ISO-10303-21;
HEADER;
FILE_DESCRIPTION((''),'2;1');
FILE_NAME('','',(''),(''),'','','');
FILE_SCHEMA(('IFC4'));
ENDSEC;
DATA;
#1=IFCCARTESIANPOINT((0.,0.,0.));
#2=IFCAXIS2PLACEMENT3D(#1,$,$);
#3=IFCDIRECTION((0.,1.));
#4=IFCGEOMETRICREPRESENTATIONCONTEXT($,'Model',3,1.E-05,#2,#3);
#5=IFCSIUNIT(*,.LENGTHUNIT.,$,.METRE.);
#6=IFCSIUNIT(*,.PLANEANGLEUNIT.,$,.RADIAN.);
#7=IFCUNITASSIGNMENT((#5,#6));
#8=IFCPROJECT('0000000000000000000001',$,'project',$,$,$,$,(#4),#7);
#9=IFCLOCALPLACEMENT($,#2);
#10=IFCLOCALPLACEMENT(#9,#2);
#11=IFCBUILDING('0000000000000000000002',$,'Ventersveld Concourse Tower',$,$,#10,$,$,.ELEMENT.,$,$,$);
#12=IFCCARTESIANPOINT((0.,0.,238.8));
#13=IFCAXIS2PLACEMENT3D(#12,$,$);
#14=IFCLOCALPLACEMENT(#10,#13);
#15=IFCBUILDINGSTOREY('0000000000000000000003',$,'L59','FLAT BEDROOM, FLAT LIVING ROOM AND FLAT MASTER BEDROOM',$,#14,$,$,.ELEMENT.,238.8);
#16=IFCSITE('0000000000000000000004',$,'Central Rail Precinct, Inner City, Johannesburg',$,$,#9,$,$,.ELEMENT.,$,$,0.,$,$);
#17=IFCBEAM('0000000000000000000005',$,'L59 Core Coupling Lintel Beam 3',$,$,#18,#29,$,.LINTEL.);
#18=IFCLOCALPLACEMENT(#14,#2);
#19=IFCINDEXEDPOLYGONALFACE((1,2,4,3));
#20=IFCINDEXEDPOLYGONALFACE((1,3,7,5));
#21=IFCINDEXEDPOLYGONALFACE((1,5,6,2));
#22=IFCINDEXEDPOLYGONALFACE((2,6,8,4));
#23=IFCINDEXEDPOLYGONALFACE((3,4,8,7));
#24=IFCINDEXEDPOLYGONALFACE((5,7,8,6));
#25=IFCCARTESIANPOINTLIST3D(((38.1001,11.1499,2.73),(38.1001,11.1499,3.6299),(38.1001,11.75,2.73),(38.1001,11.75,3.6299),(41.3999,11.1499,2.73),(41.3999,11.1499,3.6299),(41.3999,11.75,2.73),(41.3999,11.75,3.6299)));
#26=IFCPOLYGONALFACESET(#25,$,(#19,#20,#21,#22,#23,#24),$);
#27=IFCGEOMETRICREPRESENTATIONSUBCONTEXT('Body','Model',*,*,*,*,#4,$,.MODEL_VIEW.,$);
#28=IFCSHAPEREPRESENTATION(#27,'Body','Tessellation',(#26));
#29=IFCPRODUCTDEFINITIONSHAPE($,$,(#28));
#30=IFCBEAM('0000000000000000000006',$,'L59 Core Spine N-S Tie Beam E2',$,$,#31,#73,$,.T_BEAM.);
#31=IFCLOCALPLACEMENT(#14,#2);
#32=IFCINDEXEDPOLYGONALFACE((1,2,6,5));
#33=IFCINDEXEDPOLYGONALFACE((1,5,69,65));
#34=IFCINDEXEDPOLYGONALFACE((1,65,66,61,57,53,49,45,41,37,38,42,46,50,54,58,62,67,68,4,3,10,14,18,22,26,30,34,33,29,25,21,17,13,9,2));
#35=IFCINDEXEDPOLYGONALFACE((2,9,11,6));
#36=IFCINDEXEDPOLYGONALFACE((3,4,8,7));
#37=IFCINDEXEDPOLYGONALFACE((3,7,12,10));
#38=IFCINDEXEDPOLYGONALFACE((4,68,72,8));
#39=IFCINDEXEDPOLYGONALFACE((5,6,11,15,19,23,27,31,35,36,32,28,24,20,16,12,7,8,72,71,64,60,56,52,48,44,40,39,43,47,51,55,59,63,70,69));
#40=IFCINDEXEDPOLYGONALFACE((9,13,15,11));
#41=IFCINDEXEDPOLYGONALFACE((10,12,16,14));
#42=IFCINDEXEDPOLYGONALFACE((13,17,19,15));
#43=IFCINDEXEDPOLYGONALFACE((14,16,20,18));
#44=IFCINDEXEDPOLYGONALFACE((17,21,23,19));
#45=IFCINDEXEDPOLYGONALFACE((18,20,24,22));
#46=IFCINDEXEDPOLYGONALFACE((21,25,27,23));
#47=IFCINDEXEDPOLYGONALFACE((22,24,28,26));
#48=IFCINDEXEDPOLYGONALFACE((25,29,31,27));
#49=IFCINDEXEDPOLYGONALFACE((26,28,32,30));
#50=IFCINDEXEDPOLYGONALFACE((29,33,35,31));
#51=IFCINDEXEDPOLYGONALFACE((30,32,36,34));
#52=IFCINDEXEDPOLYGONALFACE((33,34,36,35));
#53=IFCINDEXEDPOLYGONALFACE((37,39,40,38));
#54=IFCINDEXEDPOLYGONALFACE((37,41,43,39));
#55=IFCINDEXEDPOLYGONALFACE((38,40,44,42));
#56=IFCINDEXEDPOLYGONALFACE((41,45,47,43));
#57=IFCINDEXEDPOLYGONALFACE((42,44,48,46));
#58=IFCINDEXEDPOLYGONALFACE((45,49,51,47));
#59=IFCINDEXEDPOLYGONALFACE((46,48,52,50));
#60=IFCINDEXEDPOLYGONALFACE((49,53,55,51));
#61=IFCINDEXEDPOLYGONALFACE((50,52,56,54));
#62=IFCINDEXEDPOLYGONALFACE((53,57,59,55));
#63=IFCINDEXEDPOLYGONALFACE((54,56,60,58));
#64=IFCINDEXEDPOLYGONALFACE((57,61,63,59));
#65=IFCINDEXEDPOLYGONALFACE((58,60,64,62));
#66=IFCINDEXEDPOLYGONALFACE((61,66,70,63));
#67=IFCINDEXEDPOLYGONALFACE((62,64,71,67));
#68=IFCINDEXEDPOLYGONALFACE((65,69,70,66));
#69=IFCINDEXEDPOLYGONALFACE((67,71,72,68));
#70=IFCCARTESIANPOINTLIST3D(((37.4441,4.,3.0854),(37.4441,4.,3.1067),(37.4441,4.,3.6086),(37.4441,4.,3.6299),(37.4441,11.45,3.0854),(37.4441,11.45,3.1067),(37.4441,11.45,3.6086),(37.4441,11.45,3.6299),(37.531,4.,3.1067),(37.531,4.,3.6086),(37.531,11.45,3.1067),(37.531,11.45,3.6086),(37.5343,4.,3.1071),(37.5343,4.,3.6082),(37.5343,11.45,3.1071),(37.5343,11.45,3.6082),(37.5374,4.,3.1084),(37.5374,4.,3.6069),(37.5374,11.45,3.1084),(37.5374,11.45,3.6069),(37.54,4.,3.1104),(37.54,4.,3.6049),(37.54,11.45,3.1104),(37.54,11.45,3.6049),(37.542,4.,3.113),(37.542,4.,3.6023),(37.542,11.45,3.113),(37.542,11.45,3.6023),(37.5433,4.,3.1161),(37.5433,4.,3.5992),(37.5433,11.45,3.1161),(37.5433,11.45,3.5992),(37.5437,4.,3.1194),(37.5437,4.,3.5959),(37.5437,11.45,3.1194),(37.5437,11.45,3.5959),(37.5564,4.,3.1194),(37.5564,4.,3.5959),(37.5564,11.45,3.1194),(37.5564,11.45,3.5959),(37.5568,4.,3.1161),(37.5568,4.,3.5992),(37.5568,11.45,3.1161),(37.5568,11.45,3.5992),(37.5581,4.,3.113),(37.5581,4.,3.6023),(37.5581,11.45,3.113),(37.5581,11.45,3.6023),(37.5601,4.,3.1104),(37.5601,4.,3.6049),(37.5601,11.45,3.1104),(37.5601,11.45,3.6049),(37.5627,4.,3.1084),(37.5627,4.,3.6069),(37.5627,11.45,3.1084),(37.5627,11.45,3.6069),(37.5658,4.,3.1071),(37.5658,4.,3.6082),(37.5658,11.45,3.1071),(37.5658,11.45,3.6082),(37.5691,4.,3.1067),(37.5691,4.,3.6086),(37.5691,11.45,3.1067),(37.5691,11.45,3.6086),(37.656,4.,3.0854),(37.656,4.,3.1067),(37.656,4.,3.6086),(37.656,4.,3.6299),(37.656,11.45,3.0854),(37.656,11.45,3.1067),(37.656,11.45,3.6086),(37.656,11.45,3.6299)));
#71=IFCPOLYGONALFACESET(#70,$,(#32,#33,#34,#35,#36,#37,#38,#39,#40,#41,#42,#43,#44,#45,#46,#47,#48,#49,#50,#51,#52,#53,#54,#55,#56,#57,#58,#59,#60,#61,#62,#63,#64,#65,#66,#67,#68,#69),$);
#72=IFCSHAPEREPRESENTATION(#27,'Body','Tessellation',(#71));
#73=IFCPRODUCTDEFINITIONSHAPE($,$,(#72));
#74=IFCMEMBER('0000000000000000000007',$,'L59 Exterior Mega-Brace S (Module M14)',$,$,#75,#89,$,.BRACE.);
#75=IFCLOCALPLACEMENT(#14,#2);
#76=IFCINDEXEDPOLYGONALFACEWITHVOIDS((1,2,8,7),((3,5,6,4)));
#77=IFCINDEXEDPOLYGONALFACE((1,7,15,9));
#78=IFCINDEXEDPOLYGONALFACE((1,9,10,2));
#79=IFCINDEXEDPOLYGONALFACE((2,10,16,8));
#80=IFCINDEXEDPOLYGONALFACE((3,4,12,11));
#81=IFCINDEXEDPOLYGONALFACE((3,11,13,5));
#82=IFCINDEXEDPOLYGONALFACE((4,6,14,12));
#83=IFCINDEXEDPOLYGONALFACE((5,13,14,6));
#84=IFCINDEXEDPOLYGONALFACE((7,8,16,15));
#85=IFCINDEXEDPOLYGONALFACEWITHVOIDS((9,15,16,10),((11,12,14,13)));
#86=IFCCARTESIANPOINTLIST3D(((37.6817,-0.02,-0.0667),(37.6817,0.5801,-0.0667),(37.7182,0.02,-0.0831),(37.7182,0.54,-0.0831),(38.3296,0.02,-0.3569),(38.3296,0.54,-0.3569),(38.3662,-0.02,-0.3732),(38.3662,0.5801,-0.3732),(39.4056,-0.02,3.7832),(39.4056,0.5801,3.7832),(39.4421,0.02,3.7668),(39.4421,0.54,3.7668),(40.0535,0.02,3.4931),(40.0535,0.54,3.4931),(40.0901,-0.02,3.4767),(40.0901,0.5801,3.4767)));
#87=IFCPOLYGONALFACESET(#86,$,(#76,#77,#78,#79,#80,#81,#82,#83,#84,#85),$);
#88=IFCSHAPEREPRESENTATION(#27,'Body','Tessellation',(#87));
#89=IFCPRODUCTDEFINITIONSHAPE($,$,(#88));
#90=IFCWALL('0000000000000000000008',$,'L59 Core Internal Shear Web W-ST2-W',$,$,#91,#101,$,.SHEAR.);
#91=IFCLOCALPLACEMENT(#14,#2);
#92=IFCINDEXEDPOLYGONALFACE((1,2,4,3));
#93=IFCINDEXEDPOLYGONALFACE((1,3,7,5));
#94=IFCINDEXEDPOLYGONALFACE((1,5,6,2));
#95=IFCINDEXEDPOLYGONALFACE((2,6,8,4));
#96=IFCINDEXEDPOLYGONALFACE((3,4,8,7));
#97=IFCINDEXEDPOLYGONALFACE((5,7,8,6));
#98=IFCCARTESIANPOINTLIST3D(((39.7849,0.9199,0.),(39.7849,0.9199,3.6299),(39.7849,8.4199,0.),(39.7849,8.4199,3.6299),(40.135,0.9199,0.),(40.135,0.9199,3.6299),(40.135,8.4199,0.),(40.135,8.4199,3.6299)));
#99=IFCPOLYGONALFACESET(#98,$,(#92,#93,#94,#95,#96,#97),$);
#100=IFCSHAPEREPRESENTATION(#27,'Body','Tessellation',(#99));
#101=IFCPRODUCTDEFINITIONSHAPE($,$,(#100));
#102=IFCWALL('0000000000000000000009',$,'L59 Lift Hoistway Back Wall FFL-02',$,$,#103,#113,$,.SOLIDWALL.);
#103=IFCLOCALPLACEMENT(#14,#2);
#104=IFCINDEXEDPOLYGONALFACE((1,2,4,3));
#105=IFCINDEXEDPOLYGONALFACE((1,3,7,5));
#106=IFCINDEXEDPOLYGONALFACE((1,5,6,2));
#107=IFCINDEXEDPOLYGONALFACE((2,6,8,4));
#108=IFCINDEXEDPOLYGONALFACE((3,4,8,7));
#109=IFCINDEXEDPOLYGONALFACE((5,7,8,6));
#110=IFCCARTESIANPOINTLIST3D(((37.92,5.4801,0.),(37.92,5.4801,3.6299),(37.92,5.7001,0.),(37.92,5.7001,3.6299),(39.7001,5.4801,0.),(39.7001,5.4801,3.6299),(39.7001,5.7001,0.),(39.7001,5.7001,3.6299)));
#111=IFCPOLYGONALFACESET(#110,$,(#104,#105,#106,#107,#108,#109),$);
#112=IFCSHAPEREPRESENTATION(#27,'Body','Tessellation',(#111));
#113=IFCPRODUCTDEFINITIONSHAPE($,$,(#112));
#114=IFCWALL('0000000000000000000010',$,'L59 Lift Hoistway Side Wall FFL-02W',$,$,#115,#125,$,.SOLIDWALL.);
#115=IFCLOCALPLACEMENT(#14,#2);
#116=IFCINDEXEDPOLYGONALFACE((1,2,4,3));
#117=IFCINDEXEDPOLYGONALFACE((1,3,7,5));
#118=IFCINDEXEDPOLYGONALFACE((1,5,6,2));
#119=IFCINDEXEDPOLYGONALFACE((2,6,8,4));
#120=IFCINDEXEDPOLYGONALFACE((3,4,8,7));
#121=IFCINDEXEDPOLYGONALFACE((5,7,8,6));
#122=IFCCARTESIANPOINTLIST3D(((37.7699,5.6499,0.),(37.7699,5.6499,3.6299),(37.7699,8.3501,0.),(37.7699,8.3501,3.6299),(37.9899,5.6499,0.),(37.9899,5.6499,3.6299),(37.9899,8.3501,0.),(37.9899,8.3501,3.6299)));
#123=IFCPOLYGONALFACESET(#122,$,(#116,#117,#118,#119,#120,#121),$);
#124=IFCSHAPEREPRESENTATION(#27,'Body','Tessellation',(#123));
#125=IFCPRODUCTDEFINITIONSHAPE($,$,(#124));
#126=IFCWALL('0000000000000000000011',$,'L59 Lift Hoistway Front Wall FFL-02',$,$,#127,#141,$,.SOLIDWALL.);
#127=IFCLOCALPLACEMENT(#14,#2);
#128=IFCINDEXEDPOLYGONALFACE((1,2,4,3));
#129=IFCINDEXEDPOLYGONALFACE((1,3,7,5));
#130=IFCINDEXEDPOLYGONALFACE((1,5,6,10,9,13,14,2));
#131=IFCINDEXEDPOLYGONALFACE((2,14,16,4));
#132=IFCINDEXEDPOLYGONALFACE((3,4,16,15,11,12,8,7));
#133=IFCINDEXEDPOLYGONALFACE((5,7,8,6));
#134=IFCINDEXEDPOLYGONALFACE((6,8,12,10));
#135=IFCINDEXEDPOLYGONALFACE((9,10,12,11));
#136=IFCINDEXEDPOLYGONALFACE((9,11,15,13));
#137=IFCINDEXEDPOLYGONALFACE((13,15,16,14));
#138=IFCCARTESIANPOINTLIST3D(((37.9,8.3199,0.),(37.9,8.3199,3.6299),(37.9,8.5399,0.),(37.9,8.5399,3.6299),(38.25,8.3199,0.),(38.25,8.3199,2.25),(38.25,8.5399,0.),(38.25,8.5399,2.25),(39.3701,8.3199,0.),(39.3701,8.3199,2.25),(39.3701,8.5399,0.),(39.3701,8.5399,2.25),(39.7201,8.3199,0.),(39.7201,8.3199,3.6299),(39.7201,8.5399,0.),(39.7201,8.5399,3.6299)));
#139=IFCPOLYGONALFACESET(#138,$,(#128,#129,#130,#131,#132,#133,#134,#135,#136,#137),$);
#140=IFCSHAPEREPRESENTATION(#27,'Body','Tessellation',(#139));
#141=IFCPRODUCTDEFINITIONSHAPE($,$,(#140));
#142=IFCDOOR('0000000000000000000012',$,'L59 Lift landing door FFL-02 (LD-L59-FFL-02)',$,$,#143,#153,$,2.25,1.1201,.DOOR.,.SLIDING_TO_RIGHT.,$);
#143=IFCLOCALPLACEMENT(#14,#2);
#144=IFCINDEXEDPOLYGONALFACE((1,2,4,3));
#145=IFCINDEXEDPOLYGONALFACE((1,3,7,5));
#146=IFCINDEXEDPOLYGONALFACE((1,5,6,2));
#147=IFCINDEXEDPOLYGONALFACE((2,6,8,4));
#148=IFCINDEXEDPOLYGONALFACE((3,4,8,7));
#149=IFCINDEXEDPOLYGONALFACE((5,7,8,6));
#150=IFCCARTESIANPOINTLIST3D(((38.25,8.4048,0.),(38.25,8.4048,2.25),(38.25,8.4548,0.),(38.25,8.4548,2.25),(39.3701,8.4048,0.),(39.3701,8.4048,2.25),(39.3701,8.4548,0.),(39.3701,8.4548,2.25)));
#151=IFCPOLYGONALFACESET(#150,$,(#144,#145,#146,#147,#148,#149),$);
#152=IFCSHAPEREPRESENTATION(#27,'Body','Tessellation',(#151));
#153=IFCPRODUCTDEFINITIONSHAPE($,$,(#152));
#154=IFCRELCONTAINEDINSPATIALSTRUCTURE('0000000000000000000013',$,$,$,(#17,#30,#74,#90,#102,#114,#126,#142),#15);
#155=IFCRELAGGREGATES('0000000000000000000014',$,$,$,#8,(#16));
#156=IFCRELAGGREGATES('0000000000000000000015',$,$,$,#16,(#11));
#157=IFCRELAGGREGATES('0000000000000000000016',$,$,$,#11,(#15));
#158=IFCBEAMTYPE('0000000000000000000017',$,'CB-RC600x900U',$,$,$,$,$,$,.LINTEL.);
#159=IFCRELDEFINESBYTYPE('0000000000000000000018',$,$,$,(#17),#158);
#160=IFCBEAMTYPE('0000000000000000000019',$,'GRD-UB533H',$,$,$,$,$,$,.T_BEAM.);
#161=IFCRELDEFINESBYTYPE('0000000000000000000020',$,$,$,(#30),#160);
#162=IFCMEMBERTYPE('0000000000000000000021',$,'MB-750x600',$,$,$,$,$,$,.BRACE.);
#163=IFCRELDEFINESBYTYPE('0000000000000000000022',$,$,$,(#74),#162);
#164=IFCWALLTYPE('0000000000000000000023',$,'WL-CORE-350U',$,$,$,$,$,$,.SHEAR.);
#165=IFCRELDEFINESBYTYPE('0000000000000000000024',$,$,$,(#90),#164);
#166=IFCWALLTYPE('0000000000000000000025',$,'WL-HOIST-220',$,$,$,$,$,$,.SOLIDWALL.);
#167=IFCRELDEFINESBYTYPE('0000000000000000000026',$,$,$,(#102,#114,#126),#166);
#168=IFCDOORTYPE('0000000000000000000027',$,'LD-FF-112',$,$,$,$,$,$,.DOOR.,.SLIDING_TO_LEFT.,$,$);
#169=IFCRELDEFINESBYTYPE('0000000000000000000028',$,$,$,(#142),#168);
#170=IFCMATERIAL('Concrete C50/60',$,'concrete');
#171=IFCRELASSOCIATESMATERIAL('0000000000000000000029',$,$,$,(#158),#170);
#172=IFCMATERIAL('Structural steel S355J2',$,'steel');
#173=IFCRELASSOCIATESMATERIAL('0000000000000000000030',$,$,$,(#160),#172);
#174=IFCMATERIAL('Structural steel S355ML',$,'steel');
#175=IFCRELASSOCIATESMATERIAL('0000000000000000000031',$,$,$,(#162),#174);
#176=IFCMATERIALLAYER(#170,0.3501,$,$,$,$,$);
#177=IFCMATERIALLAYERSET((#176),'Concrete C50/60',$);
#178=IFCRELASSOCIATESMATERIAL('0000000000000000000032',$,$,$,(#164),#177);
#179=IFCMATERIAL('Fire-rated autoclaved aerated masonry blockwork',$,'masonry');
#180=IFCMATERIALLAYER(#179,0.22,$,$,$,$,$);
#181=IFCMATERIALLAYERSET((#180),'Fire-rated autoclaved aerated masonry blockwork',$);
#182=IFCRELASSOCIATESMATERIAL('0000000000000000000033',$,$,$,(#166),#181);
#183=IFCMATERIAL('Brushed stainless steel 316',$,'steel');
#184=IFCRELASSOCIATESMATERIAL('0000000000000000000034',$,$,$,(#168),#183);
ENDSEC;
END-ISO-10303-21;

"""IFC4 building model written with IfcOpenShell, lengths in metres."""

from ifc_helpers import new_model, si_unit, direction, frame, frame_2d, origin, origin_2d, place, context, subcontext, project, spatial, rectangle, hollow_rectangle, i_section, extrude, material, layer, layer_set, material_profile, profile_set, type_object, element, fill, save


model = new_model("IFC4")

# Units and contexts
model_context = context("Model", 3, precision=1e-05, world=origin(), true_north=direction((0.0, 1.0)))
body_context = subcontext(model_context, "Body", "Model", "MODEL_VIEW")
ifc_project = project(units=[si_unit("LENGTHUNIT", "METRE"), si_unit("PLANEANGLEUNIT", "RADIAN")], contexts=[model_context])

# Site, building, storey
site_placement = place(None, origin())
site = spatial("IfcSite", under=ifc_project, at=site_placement, Name="Central Rail Precinct, Inner City, Johannesburg", CompositionType="ELEMENT", RefElevation=0.0)
building_placement = place(site_placement, origin())
building = spatial("IfcBuilding", under=site, at=building_placement, Name="Ventersveld Concourse Tower", CompositionType="ELEMENT")
storey_placement = place(building_placement, frame((0.0, 0.0, 238.8)))
storey = spatial("IfcBuildingStorey", under=building, at=storey_placement, Name="L59", Description="FLAT BEDROOM, FLAT LIVING ROOM AND FLAT MASTER BEDROOM", CompositionType="ELEMENT", Elevation=238.8)

# Beams
ifc_material_1 = material(Name="Concrete C50/60", Category="concrete")
ifc_material_profile_1 = material_profile(ifc_material_1, rectangle(XDim=0.6001, YDim=0.8999, at=origin_2d()), Name="RC 600x900")
ifc_profile_set_1 = profile_set([ifc_material_profile_1], Name="Concrete C50/60")
beam_type_1 = type_object("IfcBeamType", Name="CB-RC600x900U", PredefinedType="LINTEL", material=ifc_profile_set_1)
beam_1_placement = place(storey_placement, frame((38.1001, 11.45, 3.1799), z_axis=(1.0, 0.0, 0.0), x_axis=(0.0, 1.0, 0.0)))
element("IfcBeam", 1, at=beam_1_placement, inside=storey, type_object=beam_type_1, Name="L59 Core Coupling Lintel Beam 3", PredefinedType="LINTEL", context=body_context, shape_type="SweptSolid", body=[
    extrude(rectangle(XDim=0.6001, YDim=0.8999, at=origin_2d()), origin(), (0.0, 0.0, 1.0), 3.2998),
])
ifc_material_2 = material(Name="Structural steel S355J2", Category="steel")
ifc_material_profile_2 = material_profile(ifc_material_2, i_section(OverallWidth=0.2119, OverallDepth=0.5444, WebThickness=0.0127, FlangeThickness=0.0212, FilletRadius=0.0127, at=origin_2d()), Name="UB 533x210x122")
ifc_profile_set_2 = profile_set([ifc_material_profile_2], Name="Structural steel S355J2")
beam_type_2 = type_object("IfcBeamType", Name="GRD-UB533H", PredefinedType="T_BEAM", material=ifc_profile_set_2)
beam_2_placement = place(storey_placement, frame((37.55, 4.0, 3.3577), z_axis=(0.0, 1.0, 0.0), x_axis=(-1.0, 0.0, 0.0)))
element("IfcBeam", 2, at=beam_2_placement, inside=storey, type_object=beam_type_2, Name="L59 Core Spine N-S Tie Beam E2", PredefinedType="T_BEAM", context=body_context, shape_type="SweptSolid", body=[
    extrude(i_section(OverallWidth=0.2119, OverallDepth=0.5444, WebThickness=0.0127, FlangeThickness=0.0212, FilletRadius=0.0127, at=origin_2d()), origin(), (0.0, 0.0, 1.0), 7.45),
])

# Member
ifc_material_3 = material(Name="Structural steel S355ML", Category="steel")
ifc_material_profile_3 = material_profile(ifc_material_3, hollow_rectangle(XDim=0.6001, YDim=0.75, WallThickness=0.04, at=origin_2d()), Name="BOX 750x600x40")
ifc_profile_set_3 = profile_set([ifc_material_profile_3], Name="Structural steel S355ML")
member_type = type_object("IfcMemberType", Name="MB-750x600", PredefinedType="BRACE", material=ifc_profile_set_3)
member_placement = place(storey_placement, frame((38.0239, 0.28, -0.22), z_axis=(0.408677, 0.0, 0.912679), x_axis=(0.0, 1.0, 0.0)))
element("IfcMember", 3, at=member_placement, inside=storey, type_object=member_type, Name="L59 Exterior Mega-Brace S (Module M14)", PredefinedType="BRACE", context=body_context, shape_type="SweptSolid", body=[
    extrude(hollow_rectangle(XDim=0.6001, YDim=0.75, WallThickness=0.04, at=origin_2d()), origin(), (0.0, 0.0, 1.0), 4.2183),
])

# Walls
ifc_layer_1 = layer(ifc_material_1, 0.3501)
ifc_layer_set_1 = layer_set([ifc_layer_1], Name="Concrete C50/60")
wall_type_1 = type_object("IfcWallType", Name="WL-CORE-350U", PredefinedType="SHEAR", material=ifc_layer_set_1)
wall_1_placement = place(storey_placement, frame((39.96, 0.9199, 0.0), z_axis=(0.0, 0.0, 1.0), x_axis=(0.0, 1.0, 0.0)))
element("IfcWall", 4, at=wall_1_placement, inside=storey, type_object=wall_type_1, Name="L59 Core Internal Shear Web W-ST2-W", PredefinedType="SHEAR", context=body_context, shape_type="SweptSolid", body=[
    extrude(rectangle(XDim=7.5, YDim=0.3501, at=frame_2d((3.75, 0.0))), origin(), (0.0, 0.0, 1.0), 3.6299),
])
ifc_material_4 = material(Name="Fire-rated autoclaved aerated masonry blockwork", Category="masonry")
ifc_layer_2 = layer(ifc_material_4, 0.22)
ifc_layer_set_2 = layer_set([ifc_layer_2], Name="Fire-rated autoclaved aerated masonry blockwork")
wall_type_2 = type_object("IfcWallType", Name="WL-HOIST-220", PredefinedType="SOLIDWALL", material=ifc_layer_set_2)
wall_2_placement = place(storey_placement, frame((37.9199, 5.5901, 0.0), z_axis=(0.0, 0.0, 1.0), x_axis=(1.0, 0.0, 0.0)))
element("IfcWall", 5, at=wall_2_placement, inside=storey, type_object=wall_type_2, Name="L59 Lift Hoistway Back Wall FFL-02", PredefinedType="SOLIDWALL", context=body_context, shape_type="SweptSolid", body=[
    extrude(rectangle(XDim=1.78, YDim=0.22, at=frame_2d((0.8901, 0.0))), origin(), (0.0, 0.0, 1.0), 3.6299),
])
wall_3_placement = place(storey_placement, frame((37.8799, 5.6499, 0.0), z_axis=(0.0, 0.0, 1.0), x_axis=(0.0, 1.0, 0.0)))
element("IfcWall", 6, at=wall_3_placement, inside=storey, type_object=wall_type_2, Name="L59 Lift Hoistway Side Wall FFL-02W", PredefinedType="SOLIDWALL", context=body_context, shape_type="SweptSolid", body=[
    extrude(rectangle(XDim=2.7002, YDim=0.22, at=frame_2d((1.3501, 0.0))), origin(), (0.0, 0.0, 1.0), 3.6299),
])

# Wall, opening, door
wall_4_placement = place(storey_placement, frame((37.8999, 8.4299, 0.0), z_axis=(0.0, 0.0, 1.0), x_axis=(1.0, 0.0, 0.0)))
wall_4 = element("IfcWall", 7, at=wall_4_placement, inside=storey, type_object=wall_type_2, Name="L59 Lift Hoistway Front Wall FFL-02", PredefinedType="SOLIDWALL", context=body_context, shape_type="SweptSolid", body=[
    extrude(rectangle(XDim=1.8201, YDim=0.22, at=frame_2d((0.9102, 0.0))), origin(), (0.0, 0.0, 1.0), 3.6299),
])
opening_1_placement = place(wall_4_placement, frame((0.3501, 0.0, 0.0)))
opening_1 = element("IfcOpeningElement", 8, at=opening_1_placement, cuts=wall_4, PredefinedType="OPENING", context=body_context, shape_type="SweptSolid", body=[
    extrude(rectangle(XDim=1.1201, YDim=2.25, at=frame_2d((0.5601, 1.125))), frame((0.0, 0.1201, 0.0), z_axis=(0.0, -1.0, 0.0), x_axis=(1.0, 0.0, 0.0)), (0.0, 0.0, 1.0), 0.24),
])
ifc_material_5 = material(Name="Brushed stainless steel 316", Category="steel")
door_type_1 = type_object("IfcDoorType", Name="LD-FF-112", OperationType="SLIDING_TO_LEFT", PredefinedType="DOOR", material=ifc_material_5)
door_1_placement = place(opening_1_placement, origin())
door_1 = element("IfcDoor", 9, at=door_1_placement, inside=storey, type_object=door_type_1, Name="L59 Lift landing door FFL-02 (LD-L59-FFL-02)", OperationType="SLIDING_TO_RIGHT", OverallHeight=2.25, OverallWidth=1.1201, PredefinedType="DOOR", context=body_context, shape_type="SweptSolid", body=[
    extrude(rectangle(XDim=1.1201, YDim=2.25, at=frame_2d((0.5601, 1.125))), frame((0.0, 0.0249, 0.0), z_axis=(0.0, -1.0, 0.0), x_axis=(1.0, 0.0, 0.0)), (0.0, 0.0, 1.0), 0.05),
])
fill(opening_1, door_1)

save(model, "model.ifc")
